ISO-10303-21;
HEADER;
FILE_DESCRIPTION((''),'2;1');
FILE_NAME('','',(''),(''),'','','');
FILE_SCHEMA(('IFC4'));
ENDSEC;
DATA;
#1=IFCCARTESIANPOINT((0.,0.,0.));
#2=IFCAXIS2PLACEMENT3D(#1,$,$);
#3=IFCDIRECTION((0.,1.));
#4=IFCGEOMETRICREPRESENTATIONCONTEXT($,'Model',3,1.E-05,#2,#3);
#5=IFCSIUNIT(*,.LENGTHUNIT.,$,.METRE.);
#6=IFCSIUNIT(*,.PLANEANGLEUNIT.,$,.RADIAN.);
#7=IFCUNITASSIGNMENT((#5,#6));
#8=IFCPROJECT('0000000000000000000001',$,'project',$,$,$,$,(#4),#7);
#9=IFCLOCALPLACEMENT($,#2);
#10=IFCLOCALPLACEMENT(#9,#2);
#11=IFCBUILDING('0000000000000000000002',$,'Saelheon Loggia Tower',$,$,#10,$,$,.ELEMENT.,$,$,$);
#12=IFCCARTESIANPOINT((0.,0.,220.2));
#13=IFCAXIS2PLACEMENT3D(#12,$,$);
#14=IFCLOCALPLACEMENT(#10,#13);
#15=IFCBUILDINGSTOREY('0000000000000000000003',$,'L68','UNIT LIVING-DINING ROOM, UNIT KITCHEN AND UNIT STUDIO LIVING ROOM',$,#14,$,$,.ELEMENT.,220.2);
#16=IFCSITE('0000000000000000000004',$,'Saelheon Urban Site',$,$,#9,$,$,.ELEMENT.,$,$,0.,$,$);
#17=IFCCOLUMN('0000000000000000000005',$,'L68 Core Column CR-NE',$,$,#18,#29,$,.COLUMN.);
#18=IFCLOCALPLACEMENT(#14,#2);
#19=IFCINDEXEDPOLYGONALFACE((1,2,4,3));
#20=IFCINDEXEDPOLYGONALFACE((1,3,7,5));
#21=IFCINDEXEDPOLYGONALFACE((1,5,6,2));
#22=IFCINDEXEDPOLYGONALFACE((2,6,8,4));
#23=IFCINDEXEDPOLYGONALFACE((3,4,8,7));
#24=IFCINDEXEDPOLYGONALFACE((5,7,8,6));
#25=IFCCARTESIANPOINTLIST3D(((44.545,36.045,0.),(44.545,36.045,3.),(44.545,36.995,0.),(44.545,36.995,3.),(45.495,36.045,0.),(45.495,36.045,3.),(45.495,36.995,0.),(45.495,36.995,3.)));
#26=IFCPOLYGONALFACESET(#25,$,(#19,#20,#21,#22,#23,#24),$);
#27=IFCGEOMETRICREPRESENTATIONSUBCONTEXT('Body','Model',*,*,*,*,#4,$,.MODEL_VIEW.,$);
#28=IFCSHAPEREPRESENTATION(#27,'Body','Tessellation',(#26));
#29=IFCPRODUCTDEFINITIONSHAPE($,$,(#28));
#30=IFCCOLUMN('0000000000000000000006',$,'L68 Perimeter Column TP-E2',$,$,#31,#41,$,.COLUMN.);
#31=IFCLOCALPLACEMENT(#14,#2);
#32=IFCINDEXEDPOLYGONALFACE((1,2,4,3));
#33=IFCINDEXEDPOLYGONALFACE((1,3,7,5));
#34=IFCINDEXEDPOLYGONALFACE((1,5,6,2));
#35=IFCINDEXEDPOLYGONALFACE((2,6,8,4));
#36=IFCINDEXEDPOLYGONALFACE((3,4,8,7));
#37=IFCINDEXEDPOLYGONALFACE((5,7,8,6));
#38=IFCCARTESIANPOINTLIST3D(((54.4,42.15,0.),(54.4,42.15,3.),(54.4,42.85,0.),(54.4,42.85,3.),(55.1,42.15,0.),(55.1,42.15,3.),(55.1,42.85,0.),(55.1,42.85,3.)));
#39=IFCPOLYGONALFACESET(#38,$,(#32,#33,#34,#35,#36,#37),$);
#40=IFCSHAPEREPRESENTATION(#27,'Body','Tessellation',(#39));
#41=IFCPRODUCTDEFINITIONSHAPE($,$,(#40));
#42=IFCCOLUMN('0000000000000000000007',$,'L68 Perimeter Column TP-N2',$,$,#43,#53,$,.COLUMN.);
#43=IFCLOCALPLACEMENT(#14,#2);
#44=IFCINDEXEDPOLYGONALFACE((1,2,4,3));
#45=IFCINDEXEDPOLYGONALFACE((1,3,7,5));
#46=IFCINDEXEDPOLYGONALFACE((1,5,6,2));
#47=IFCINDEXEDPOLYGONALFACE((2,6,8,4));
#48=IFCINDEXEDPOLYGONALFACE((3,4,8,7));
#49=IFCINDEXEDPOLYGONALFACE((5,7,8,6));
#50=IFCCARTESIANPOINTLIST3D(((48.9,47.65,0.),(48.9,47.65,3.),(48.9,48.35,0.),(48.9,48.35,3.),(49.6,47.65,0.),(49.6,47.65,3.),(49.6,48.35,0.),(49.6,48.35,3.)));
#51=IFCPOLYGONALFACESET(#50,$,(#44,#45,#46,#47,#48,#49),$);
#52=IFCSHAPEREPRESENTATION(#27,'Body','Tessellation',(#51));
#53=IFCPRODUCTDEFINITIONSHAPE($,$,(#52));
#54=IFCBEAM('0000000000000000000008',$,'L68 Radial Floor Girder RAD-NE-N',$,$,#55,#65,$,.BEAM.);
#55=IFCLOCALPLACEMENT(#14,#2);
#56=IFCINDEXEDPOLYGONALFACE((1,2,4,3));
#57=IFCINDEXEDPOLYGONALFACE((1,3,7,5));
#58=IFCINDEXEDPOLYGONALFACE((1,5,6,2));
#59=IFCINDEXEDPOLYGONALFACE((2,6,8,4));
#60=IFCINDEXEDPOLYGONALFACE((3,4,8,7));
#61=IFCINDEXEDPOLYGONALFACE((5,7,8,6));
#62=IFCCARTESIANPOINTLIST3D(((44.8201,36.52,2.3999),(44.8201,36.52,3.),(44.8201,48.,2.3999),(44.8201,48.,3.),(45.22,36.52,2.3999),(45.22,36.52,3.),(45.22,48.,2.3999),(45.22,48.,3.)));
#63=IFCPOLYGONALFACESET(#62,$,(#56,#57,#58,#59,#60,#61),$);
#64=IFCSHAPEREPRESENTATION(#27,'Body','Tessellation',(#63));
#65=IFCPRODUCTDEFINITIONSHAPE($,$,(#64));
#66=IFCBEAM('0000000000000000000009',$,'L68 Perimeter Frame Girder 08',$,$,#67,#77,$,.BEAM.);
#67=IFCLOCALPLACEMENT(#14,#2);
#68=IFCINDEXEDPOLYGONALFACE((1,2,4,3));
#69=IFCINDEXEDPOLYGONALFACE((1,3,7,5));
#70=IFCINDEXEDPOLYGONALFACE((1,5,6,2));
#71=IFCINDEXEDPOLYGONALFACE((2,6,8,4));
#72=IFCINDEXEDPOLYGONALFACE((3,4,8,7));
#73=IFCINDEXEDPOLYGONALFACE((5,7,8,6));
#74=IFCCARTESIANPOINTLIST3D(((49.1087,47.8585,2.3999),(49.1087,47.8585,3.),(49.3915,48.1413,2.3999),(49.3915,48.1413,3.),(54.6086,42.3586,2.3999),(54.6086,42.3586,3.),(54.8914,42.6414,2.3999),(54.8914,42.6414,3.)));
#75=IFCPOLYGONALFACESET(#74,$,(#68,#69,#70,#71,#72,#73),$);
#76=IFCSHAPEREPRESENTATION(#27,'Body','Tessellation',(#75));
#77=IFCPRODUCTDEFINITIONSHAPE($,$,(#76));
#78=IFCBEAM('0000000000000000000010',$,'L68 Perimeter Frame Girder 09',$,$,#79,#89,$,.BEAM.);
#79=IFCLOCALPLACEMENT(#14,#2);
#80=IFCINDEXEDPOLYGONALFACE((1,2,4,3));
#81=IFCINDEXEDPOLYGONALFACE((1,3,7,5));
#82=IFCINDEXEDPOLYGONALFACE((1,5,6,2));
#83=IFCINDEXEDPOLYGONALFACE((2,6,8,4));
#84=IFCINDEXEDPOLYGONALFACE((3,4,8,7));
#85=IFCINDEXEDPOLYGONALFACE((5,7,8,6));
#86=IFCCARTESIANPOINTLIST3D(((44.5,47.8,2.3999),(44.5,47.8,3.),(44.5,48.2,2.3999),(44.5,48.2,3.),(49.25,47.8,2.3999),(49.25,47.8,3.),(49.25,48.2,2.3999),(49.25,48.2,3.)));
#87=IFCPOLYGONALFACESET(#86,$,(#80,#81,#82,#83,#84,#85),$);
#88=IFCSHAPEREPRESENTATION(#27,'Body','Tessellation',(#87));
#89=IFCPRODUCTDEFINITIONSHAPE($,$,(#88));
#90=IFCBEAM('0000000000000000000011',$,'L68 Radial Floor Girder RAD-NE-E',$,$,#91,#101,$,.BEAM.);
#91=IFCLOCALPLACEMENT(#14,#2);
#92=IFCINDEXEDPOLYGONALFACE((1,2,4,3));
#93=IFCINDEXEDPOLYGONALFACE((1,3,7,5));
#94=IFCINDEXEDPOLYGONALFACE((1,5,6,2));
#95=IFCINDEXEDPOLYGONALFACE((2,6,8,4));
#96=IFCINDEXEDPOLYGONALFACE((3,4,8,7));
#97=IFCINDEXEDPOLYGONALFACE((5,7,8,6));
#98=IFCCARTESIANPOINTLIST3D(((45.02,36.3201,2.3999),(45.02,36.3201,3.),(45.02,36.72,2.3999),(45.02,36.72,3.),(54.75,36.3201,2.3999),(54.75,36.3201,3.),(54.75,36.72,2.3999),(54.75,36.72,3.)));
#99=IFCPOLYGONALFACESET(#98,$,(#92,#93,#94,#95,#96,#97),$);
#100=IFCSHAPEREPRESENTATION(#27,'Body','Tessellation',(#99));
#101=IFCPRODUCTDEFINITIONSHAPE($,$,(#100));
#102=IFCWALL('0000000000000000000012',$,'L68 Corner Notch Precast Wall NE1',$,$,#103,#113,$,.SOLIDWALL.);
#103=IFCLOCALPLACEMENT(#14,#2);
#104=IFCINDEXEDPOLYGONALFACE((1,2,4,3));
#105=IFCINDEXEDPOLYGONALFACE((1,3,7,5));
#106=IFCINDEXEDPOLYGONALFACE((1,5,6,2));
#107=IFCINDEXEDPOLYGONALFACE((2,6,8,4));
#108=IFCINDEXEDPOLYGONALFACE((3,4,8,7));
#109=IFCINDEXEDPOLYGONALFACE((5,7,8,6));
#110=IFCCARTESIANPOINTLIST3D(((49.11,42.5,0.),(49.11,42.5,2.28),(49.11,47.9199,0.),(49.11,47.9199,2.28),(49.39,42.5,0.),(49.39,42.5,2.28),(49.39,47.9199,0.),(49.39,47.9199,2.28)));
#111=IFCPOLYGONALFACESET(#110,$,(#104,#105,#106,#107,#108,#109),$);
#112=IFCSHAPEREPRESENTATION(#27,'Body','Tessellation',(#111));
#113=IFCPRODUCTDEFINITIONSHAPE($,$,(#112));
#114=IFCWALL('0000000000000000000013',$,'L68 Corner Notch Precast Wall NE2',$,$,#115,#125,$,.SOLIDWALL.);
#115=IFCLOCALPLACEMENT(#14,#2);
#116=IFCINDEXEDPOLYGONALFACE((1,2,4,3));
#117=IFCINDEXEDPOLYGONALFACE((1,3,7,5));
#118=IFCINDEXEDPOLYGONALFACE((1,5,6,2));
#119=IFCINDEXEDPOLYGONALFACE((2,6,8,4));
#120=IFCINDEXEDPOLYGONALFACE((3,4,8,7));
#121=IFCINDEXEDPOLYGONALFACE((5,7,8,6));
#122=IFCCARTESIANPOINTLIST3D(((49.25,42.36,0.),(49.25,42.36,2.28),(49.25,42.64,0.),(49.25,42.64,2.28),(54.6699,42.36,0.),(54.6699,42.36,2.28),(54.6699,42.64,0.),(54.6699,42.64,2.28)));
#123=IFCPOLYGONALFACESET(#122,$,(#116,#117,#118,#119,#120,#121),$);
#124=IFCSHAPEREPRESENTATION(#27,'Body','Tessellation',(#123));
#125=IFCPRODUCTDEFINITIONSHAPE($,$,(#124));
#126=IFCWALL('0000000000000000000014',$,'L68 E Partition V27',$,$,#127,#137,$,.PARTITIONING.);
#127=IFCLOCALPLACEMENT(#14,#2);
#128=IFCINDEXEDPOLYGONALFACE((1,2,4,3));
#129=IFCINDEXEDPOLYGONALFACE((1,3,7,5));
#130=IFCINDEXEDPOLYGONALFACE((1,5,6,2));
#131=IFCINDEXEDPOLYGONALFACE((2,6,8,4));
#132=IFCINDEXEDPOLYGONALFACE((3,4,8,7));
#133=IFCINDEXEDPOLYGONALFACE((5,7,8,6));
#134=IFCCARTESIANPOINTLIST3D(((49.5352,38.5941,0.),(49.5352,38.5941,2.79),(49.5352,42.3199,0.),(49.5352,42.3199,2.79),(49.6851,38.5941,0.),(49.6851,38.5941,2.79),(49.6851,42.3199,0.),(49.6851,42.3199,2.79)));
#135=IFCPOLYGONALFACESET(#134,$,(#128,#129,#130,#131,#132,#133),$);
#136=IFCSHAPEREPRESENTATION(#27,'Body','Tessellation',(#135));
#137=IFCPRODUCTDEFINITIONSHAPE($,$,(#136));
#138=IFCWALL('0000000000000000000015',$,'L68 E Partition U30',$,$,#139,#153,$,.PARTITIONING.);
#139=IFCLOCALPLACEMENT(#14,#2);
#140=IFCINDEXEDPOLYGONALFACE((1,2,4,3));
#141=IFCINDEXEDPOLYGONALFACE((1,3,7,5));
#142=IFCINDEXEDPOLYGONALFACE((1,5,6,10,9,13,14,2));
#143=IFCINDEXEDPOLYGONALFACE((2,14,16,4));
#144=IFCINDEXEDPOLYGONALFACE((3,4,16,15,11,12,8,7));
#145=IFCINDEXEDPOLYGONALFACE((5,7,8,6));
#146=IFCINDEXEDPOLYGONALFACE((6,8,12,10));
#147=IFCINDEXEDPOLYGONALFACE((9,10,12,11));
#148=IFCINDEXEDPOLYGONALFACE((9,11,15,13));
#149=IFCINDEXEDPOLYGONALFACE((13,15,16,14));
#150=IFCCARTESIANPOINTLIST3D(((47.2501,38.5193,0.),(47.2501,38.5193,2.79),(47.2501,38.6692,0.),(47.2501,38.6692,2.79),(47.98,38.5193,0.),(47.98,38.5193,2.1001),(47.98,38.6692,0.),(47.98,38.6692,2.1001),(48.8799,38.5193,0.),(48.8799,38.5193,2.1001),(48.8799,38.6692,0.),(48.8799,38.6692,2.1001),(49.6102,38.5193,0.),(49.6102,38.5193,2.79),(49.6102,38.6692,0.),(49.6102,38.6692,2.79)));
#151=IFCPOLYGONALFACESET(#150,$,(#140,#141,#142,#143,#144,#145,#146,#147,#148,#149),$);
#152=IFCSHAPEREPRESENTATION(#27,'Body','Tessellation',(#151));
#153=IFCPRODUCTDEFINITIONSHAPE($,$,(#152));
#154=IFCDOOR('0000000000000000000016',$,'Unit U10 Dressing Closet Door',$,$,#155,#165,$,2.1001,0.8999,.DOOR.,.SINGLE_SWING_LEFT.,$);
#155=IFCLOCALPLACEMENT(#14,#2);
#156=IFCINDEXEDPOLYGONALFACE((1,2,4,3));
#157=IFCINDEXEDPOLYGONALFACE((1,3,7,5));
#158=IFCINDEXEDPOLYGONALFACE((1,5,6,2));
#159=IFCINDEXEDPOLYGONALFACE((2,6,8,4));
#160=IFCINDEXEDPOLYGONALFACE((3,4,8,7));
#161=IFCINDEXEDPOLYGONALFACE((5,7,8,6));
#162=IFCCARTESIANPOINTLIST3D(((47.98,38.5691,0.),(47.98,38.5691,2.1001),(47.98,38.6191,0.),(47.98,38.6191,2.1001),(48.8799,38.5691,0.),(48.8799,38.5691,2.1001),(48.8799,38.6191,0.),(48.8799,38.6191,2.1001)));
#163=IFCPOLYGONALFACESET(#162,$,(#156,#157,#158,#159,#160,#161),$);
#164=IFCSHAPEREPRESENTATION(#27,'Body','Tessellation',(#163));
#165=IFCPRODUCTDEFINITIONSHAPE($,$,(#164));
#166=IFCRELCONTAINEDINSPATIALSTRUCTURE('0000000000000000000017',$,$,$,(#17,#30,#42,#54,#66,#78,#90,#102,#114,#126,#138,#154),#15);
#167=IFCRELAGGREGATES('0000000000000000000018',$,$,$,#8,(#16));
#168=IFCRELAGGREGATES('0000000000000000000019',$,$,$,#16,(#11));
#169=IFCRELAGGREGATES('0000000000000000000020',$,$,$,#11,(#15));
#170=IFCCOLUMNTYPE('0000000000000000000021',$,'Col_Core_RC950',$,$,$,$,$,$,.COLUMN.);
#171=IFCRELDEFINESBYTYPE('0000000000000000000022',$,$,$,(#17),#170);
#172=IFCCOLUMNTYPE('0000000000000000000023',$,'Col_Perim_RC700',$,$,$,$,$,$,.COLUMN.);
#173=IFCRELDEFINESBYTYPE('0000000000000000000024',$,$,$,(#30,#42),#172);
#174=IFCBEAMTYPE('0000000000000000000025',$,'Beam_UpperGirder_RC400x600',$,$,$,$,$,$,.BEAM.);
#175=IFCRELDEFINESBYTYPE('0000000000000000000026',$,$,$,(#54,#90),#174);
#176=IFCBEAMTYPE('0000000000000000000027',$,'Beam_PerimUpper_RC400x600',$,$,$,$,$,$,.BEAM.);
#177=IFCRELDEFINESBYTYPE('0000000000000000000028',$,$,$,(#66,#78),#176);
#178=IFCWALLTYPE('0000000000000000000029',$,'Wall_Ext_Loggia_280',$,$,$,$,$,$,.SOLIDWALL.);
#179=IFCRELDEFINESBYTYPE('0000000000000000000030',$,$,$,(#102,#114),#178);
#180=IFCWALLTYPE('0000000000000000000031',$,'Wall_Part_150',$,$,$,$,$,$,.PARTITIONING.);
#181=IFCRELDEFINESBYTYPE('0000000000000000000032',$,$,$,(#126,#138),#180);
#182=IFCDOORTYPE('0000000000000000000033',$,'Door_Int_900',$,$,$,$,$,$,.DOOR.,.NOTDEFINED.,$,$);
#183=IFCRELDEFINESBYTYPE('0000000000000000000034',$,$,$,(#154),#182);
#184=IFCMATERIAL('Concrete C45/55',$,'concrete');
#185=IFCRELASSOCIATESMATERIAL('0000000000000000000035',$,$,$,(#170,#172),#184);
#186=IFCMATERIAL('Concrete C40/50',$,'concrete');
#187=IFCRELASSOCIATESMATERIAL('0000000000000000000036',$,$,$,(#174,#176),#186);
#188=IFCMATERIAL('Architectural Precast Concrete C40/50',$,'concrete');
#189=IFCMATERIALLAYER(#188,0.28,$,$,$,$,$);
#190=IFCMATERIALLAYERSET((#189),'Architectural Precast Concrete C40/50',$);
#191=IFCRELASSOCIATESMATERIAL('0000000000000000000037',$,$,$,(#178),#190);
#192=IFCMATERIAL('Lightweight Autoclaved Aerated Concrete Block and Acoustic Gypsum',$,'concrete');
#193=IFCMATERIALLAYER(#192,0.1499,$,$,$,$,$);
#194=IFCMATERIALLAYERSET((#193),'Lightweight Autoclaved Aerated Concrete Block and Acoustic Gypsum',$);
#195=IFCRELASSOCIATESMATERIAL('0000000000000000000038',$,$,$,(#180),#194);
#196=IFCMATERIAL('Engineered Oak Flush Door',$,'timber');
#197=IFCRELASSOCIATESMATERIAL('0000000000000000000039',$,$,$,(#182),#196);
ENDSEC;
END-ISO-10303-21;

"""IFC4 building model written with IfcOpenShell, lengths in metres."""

from ifc_helpers import new_model, si_unit, direction, frame, frame_2d, origin, origin_2d, place, context, subcontext, project, spatial, rectangle, extrude, source, transform, mapped, material, layer, layer_set, material_profile, profile_set, type_object, element, fill, save


model = new_model("IFC4")

# Units and contexts
model_context = context("Model", 3, precision=1e-05, world=origin(), true_north=direction((0.0, 1.0)))
body_context = subcontext(model_context, "Body", "Model", "MODEL_VIEW")
ifc_project = project(units=[si_unit("LENGTHUNIT", "METRE"), si_unit("PLANEANGLEUNIT", "RADIAN")], contexts=[model_context])

# Site, building, storey
site_placement = place(None, origin())
site = spatial("IfcSite", under=ifc_project, at=site_placement, Name="Saelheon Urban Site", CompositionType="ELEMENT", RefElevation=0.0)
building_placement = place(site_placement, origin())
building = spatial("IfcBuilding", under=site, at=building_placement, Name="Saelheon Loggia Tower", CompositionType="ELEMENT")
storey_placement = place(building_placement, frame((0.0, 0.0, 220.2)))
storey = spatial("IfcBuildingStorey", under=building, at=storey_placement, Name="L68", Description="UNIT LIVING-DINING ROOM, UNIT KITCHEN AND UNIT STUDIO LIVING ROOM", CompositionType="ELEMENT", Elevation=220.2)

# Columns
ifc_material_1 = material(Name="Concrete C45/55", Category="concrete")
ifc_material_profile_1 = material_profile(ifc_material_1, rectangle(XDim=0.95, YDim=0.95, at=origin_2d()), Name="RC-950x950")
ifc_profile_set_1 = profile_set([ifc_material_profile_1], Name="Concrete C45/55")
column_type_1 = type_object("IfcColumnType", Name="Col_Core_RC950", PredefinedType="COLUMN", material=ifc_profile_set_1)
shared_shape_1 = source(origin(), body_context, "Body", "SweptSolid", [
    extrude(rectangle(XDim=0.95, YDim=0.95, at=origin_2d()), origin(), (0.0, 0.0, 1.0), 3.0),
])
column_placement = place(storey_placement, frame((45.02, 36.52, 0.0), z_axis=(0.0, 0.0, 1.0), x_axis=(1.0, 0.0, 0.0)))
element("IfcColumn", 1, at=column_placement, inside=storey, type_object=column_type_1, Name="L68 Core Column CR-NE", PredefinedType="COLUMN", context=body_context, shape_type="MappedRepresentation", body=[
    mapped(shared_shape_1, transform((0.0, 0.0, 0.0), scale=1.0)),
])
ifc_material_profile_2 = material_profile(ifc_material_1, rectangle(XDim=0.7, YDim=0.7, at=origin_2d()), Name="RC-700x700")
ifc_profile_set_2 = profile_set([ifc_material_profile_2], Name="Concrete C45/55")
column_type_2 = type_object("IfcColumnType", Name="Col_Perim_RC700", PredefinedType="COLUMN", material=ifc_profile_set_2)
shared_shape_2 = source(origin(), body_context, "Body", "SweptSolid", [
    extrude(rectangle(XDim=0.7, YDim=0.7, at=origin_2d()), origin(), (0.0, 0.0, 1.0), 3.0),
])
for number, where, z_axis, x_axis, name in (
    (2, (54.75, 42.5, 0.0), (0.0, 0.0, 1.0), (1.0, 0.0, 0.0), "L68 Perimeter Column TP-E2"),
    (3, (49.25, 48.0, 0.0), (0.0, 0.0, 1.0), (1.0, 0.0, 0.0), "L68 Perimeter Column TP-N2"),
):
    element("IfcColumn", number, at=place(storey_placement, frame(where, z_axis=z_axis, x_axis=x_axis)), inside=storey, type_object=column_type_2, Name=name, PredefinedType="COLUMN", context=body_context, shape_type="MappedRepresentation", body=[
        mapped(shared_shape_2, transform((0.0, 0.0, 0.0), scale=1.0)),
    ])

# Beams
ifc_material_2 = material(Name="Concrete C40/50", Category="concrete")
ifc_material_profile_3 = material_profile(ifc_material_2, rectangle(XDim=0.3999, YDim=0.6001, at=origin_2d()), Name="RC-400x600")
ifc_profile_set_3 = profile_set([ifc_material_profile_3], Name="Concrete C40/50")
beam_type_1 = type_object("IfcBeamType", Name="Beam_UpperGirder_RC400x600", PredefinedType="BEAM", material=ifc_profile_set_3)
shared_shape_3 = source(origin(), body_context, "Body", "SweptSolid", [
    extrude(rectangle(XDim=0.3999, YDim=0.6001, at=origin_2d()), origin(), (0.0, 0.0, 1.0), 11.48),
])
beam_1_placement = place(storey_placement, frame((45.02, 36.52, 2.7), z_axis=(0.0, 1.0, 0.0), x_axis=(-1.0, 0.0, 0.0)))
element("IfcBeam", 4, at=beam_1_placement, inside=storey, type_object=beam_type_1, Name="L68 Radial Floor Girder RAD-NE-N", PredefinedType="BEAM", context=body_context, shape_type="MappedRepresentation", body=[
    mapped(shared_shape_3, transform((0.0, 0.0, 0.0), scale=1.0)),
])
ifc_material_profile_4 = material_profile(ifc_material_2, rectangle(XDim=0.3999, YDim=0.6001, at=origin_2d()), Name="RC-400x600")
ifc_profile_set_4 = profile_set([ifc_material_profile_4], Name="Concrete C40/50")
beam_type_2 = type_object("IfcBeamType", Name="Beam_PerimUpper_RC400x600", PredefinedType="BEAM", material=ifc_profile_set_4)
shared_shape_4 = source(origin(), body_context, "Body", "SweptSolid", [
    extrude(rectangle(XDim=0.3999, YDim=0.6001, at=origin_2d()), origin(), (0.0, 0.0, 1.0), 7.7781),
])
beam_2_placement = place(storey_placement, frame((54.75, 42.5, 2.7), z_axis=(-0.707107, 0.707107, 0.0), x_axis=(-0.707107, -0.707107, 0.0)))
element("IfcBeam", 5, at=beam_2_placement, inside=storey, type_object=beam_type_2, Name="L68 Perimeter Frame Girder 08", PredefinedType="BEAM", context=body_context, shape_type="MappedRepresentation", body=[
    mapped(shared_shape_4, transform((0.0, 0.0, 0.0), scale=1.0)),
])
shared_shape_5 = source(origin(), body_context, "Body", "SweptSolid", [
    extrude(rectangle(XDim=0.3999, YDim=0.6001, at=origin_2d()), origin(), (0.0, 0.0, 1.0), 4.75),
])
beam_3_placement = place(storey_placement, frame((49.25, 48.0, 2.7), z_axis=(-1.0, 0.0, 0.0), x_axis=(0.0, -1.0, 0.0)))
element("IfcBeam", 6, at=beam_3_placement, inside=storey, type_object=beam_type_2, Name="L68 Perimeter Frame Girder 09", PredefinedType="BEAM", context=body_context, shape_type="MappedRepresentation", body=[
    mapped(shared_shape_5, transform((0.0, 0.0, 0.0), scale=1.0)),
])
shared_shape_6 = source(origin(), body_context, "Body", "SweptSolid", [
    extrude(rectangle(XDim=0.3999, YDim=0.6001, at=origin_2d()), origin(), (0.0, 0.0, 1.0), 9.73),
])
beam_4_placement = place(storey_placement, frame((45.02, 36.52, 2.7), z_axis=(1.0, 0.0, 0.0), x_axis=(0.0, 1.0, 0.0)))
element("IfcBeam", 7, at=beam_4_placement, inside=storey, type_object=beam_type_1, Name="L68 Radial Floor Girder RAD-NE-E", PredefinedType="BEAM", context=body_context, shape_type="MappedRepresentation", body=[
    mapped(shared_shape_6, transform((0.0, 0.0, 0.0), scale=1.0)),
])

# Walls
ifc_material_3 = material(Name="Architectural Precast Concrete C40/50", Category="concrete")
ifc_layer_1 = layer(ifc_material_3, 0.28)
ifc_layer_set_1 = layer_set([ifc_layer_1], Name="Architectural Precast Concrete C40/50")
wall_type_1 = type_object("IfcWallType", Name="Wall_Ext_Loggia_280", PredefinedType="SOLIDWALL", material=ifc_layer_set_1)
for number, where, z_axis, x_axis, name in (
    (8, (49.25, 42.5, 0.0), (0.0, 0.0, 1.0), (0.0, 1.0, 0.0), "L68 Corner Notch Precast Wall NE1"),
    (9, (49.25, 42.5, 0.0), (0.0, 0.0, 1.0), (1.0, 0.0, 0.0), "L68 Corner Notch Precast Wall NE2"),
):
    element("IfcWall", number, at=place(storey_placement, frame(where, z_axis=z_axis, x_axis=x_axis)), inside=storey, type_object=wall_type_1, Name=name, PredefinedType="SOLIDWALL", context=body_context, shape_type="SweptSolid", body=[
        extrude(rectangle(XDim=5.4199, YDim=0.28, at=frame_2d((2.71, 0.0))), origin(), (0.0, 0.0, 1.0), 2.28),
    ])
ifc_material_4 = material(Name="Lightweight Autoclaved Aerated Concrete Block and Acoustic Gypsum", Category="concrete")
ifc_layer_2 = layer(ifc_material_4, 0.1499)
ifc_layer_set_2 = layer_set([ifc_layer_2], Name="Lightweight Autoclaved Aerated Concrete Block and Acoustic Gypsum")
wall_type_2 = type_object("IfcWallType", Name="Wall_Part_150", PredefinedType="PARTITIONING", material=ifc_layer_set_2)
wall_1_placement = place(storey_placement, frame((49.6101, 38.5942, 0.0), z_axis=(0.0, 0.0, 1.0), x_axis=(0.0, 1.0, 0.0)))
element("IfcWall", 10, at=wall_1_placement, inside=storey, type_object=wall_type_2, Name="L68 E Partition V27", PredefinedType="PARTITIONING", context=body_context, shape_type="SweptSolid", body=[
    extrude(rectangle(XDim=3.7258, YDim=0.1499, at=frame_2d((1.8628, 0.0))), origin(), (0.0, 0.0, 1.0), 2.79),
])

# Wall, opening, door
wall_2_placement = place(storey_placement, frame((47.25, 38.5942, 0.0), z_axis=(0.0, 0.0, 1.0), x_axis=(1.0, 0.0, 0.0)))
wall_2 = element("IfcWall", 11, at=wall_2_placement, inside=storey, type_object=wall_type_2, Name="L68 E Partition U30", PredefinedType="PARTITIONING", context=body_context, shape_type="SweptSolid", body=[
    extrude(rectangle(XDim=2.3601, YDim=0.1499, at=frame_2d((1.1802, 0.0))), origin(), (0.0, 0.0, 1.0), 2.79),
])
opening_1_placement = place(wall_2_placement, frame((0.73, 0.0, 0.0)))
opening_1 = element("IfcOpeningElement", 12, at=opening_1_placement, cuts=wall_2, PredefinedType="OPENING", context=body_context, shape_type="SweptSolid", body=[
    extrude(rectangle(XDim=0.8999, YDim=2.1001, at=frame_2d((0.45, 1.05))), frame((0.0, 0.0869, 0.0), z_axis=(0.0, -1.0, 0.0), x_axis=(1.0, 0.0, 0.0)), (0.0, 0.0, 1.0), 0.1738),
])
ifc_material_5 = material(Name="Engineered Oak Flush Door", Category="timber")
door_type = type_object("IfcDoorType", Name="Door_Int_900", OperationType="NOTDEFINED", PredefinedType="DOOR", material=ifc_material_5)
shared_shape_7 = source(origin(), body_context, "Body", "SweptSolid", [
    extrude(rectangle(XDim=0.8999, YDim=2.1001, at=frame_2d((0.45, 1.05))), frame((0.0, 0.0249, 0.0), z_axis=(0.0, -1.0, 0.0), x_axis=(1.0, 0.0, 0.0)), (0.0, 0.0, 1.0), 0.05),
])
door_1_placement = place(opening_1_placement, origin())
door_1 = element("IfcDoor", 13, at=door_1_placement, inside=storey, type_object=door_type, Name="Unit U10 Dressing Closet Door", OperationType="SINGLE_SWING_LEFT", OverallHeight=2.1001, OverallWidth=0.8999, PredefinedType="DOOR", context=body_context, shape_type="MappedRepresentation", body=[
    mapped(shared_shape_7, transform((0.0, 0.0, 0.0), scale=1.0)),
])
fill(opening_1, door_1)

save(model, "model.ifc")
